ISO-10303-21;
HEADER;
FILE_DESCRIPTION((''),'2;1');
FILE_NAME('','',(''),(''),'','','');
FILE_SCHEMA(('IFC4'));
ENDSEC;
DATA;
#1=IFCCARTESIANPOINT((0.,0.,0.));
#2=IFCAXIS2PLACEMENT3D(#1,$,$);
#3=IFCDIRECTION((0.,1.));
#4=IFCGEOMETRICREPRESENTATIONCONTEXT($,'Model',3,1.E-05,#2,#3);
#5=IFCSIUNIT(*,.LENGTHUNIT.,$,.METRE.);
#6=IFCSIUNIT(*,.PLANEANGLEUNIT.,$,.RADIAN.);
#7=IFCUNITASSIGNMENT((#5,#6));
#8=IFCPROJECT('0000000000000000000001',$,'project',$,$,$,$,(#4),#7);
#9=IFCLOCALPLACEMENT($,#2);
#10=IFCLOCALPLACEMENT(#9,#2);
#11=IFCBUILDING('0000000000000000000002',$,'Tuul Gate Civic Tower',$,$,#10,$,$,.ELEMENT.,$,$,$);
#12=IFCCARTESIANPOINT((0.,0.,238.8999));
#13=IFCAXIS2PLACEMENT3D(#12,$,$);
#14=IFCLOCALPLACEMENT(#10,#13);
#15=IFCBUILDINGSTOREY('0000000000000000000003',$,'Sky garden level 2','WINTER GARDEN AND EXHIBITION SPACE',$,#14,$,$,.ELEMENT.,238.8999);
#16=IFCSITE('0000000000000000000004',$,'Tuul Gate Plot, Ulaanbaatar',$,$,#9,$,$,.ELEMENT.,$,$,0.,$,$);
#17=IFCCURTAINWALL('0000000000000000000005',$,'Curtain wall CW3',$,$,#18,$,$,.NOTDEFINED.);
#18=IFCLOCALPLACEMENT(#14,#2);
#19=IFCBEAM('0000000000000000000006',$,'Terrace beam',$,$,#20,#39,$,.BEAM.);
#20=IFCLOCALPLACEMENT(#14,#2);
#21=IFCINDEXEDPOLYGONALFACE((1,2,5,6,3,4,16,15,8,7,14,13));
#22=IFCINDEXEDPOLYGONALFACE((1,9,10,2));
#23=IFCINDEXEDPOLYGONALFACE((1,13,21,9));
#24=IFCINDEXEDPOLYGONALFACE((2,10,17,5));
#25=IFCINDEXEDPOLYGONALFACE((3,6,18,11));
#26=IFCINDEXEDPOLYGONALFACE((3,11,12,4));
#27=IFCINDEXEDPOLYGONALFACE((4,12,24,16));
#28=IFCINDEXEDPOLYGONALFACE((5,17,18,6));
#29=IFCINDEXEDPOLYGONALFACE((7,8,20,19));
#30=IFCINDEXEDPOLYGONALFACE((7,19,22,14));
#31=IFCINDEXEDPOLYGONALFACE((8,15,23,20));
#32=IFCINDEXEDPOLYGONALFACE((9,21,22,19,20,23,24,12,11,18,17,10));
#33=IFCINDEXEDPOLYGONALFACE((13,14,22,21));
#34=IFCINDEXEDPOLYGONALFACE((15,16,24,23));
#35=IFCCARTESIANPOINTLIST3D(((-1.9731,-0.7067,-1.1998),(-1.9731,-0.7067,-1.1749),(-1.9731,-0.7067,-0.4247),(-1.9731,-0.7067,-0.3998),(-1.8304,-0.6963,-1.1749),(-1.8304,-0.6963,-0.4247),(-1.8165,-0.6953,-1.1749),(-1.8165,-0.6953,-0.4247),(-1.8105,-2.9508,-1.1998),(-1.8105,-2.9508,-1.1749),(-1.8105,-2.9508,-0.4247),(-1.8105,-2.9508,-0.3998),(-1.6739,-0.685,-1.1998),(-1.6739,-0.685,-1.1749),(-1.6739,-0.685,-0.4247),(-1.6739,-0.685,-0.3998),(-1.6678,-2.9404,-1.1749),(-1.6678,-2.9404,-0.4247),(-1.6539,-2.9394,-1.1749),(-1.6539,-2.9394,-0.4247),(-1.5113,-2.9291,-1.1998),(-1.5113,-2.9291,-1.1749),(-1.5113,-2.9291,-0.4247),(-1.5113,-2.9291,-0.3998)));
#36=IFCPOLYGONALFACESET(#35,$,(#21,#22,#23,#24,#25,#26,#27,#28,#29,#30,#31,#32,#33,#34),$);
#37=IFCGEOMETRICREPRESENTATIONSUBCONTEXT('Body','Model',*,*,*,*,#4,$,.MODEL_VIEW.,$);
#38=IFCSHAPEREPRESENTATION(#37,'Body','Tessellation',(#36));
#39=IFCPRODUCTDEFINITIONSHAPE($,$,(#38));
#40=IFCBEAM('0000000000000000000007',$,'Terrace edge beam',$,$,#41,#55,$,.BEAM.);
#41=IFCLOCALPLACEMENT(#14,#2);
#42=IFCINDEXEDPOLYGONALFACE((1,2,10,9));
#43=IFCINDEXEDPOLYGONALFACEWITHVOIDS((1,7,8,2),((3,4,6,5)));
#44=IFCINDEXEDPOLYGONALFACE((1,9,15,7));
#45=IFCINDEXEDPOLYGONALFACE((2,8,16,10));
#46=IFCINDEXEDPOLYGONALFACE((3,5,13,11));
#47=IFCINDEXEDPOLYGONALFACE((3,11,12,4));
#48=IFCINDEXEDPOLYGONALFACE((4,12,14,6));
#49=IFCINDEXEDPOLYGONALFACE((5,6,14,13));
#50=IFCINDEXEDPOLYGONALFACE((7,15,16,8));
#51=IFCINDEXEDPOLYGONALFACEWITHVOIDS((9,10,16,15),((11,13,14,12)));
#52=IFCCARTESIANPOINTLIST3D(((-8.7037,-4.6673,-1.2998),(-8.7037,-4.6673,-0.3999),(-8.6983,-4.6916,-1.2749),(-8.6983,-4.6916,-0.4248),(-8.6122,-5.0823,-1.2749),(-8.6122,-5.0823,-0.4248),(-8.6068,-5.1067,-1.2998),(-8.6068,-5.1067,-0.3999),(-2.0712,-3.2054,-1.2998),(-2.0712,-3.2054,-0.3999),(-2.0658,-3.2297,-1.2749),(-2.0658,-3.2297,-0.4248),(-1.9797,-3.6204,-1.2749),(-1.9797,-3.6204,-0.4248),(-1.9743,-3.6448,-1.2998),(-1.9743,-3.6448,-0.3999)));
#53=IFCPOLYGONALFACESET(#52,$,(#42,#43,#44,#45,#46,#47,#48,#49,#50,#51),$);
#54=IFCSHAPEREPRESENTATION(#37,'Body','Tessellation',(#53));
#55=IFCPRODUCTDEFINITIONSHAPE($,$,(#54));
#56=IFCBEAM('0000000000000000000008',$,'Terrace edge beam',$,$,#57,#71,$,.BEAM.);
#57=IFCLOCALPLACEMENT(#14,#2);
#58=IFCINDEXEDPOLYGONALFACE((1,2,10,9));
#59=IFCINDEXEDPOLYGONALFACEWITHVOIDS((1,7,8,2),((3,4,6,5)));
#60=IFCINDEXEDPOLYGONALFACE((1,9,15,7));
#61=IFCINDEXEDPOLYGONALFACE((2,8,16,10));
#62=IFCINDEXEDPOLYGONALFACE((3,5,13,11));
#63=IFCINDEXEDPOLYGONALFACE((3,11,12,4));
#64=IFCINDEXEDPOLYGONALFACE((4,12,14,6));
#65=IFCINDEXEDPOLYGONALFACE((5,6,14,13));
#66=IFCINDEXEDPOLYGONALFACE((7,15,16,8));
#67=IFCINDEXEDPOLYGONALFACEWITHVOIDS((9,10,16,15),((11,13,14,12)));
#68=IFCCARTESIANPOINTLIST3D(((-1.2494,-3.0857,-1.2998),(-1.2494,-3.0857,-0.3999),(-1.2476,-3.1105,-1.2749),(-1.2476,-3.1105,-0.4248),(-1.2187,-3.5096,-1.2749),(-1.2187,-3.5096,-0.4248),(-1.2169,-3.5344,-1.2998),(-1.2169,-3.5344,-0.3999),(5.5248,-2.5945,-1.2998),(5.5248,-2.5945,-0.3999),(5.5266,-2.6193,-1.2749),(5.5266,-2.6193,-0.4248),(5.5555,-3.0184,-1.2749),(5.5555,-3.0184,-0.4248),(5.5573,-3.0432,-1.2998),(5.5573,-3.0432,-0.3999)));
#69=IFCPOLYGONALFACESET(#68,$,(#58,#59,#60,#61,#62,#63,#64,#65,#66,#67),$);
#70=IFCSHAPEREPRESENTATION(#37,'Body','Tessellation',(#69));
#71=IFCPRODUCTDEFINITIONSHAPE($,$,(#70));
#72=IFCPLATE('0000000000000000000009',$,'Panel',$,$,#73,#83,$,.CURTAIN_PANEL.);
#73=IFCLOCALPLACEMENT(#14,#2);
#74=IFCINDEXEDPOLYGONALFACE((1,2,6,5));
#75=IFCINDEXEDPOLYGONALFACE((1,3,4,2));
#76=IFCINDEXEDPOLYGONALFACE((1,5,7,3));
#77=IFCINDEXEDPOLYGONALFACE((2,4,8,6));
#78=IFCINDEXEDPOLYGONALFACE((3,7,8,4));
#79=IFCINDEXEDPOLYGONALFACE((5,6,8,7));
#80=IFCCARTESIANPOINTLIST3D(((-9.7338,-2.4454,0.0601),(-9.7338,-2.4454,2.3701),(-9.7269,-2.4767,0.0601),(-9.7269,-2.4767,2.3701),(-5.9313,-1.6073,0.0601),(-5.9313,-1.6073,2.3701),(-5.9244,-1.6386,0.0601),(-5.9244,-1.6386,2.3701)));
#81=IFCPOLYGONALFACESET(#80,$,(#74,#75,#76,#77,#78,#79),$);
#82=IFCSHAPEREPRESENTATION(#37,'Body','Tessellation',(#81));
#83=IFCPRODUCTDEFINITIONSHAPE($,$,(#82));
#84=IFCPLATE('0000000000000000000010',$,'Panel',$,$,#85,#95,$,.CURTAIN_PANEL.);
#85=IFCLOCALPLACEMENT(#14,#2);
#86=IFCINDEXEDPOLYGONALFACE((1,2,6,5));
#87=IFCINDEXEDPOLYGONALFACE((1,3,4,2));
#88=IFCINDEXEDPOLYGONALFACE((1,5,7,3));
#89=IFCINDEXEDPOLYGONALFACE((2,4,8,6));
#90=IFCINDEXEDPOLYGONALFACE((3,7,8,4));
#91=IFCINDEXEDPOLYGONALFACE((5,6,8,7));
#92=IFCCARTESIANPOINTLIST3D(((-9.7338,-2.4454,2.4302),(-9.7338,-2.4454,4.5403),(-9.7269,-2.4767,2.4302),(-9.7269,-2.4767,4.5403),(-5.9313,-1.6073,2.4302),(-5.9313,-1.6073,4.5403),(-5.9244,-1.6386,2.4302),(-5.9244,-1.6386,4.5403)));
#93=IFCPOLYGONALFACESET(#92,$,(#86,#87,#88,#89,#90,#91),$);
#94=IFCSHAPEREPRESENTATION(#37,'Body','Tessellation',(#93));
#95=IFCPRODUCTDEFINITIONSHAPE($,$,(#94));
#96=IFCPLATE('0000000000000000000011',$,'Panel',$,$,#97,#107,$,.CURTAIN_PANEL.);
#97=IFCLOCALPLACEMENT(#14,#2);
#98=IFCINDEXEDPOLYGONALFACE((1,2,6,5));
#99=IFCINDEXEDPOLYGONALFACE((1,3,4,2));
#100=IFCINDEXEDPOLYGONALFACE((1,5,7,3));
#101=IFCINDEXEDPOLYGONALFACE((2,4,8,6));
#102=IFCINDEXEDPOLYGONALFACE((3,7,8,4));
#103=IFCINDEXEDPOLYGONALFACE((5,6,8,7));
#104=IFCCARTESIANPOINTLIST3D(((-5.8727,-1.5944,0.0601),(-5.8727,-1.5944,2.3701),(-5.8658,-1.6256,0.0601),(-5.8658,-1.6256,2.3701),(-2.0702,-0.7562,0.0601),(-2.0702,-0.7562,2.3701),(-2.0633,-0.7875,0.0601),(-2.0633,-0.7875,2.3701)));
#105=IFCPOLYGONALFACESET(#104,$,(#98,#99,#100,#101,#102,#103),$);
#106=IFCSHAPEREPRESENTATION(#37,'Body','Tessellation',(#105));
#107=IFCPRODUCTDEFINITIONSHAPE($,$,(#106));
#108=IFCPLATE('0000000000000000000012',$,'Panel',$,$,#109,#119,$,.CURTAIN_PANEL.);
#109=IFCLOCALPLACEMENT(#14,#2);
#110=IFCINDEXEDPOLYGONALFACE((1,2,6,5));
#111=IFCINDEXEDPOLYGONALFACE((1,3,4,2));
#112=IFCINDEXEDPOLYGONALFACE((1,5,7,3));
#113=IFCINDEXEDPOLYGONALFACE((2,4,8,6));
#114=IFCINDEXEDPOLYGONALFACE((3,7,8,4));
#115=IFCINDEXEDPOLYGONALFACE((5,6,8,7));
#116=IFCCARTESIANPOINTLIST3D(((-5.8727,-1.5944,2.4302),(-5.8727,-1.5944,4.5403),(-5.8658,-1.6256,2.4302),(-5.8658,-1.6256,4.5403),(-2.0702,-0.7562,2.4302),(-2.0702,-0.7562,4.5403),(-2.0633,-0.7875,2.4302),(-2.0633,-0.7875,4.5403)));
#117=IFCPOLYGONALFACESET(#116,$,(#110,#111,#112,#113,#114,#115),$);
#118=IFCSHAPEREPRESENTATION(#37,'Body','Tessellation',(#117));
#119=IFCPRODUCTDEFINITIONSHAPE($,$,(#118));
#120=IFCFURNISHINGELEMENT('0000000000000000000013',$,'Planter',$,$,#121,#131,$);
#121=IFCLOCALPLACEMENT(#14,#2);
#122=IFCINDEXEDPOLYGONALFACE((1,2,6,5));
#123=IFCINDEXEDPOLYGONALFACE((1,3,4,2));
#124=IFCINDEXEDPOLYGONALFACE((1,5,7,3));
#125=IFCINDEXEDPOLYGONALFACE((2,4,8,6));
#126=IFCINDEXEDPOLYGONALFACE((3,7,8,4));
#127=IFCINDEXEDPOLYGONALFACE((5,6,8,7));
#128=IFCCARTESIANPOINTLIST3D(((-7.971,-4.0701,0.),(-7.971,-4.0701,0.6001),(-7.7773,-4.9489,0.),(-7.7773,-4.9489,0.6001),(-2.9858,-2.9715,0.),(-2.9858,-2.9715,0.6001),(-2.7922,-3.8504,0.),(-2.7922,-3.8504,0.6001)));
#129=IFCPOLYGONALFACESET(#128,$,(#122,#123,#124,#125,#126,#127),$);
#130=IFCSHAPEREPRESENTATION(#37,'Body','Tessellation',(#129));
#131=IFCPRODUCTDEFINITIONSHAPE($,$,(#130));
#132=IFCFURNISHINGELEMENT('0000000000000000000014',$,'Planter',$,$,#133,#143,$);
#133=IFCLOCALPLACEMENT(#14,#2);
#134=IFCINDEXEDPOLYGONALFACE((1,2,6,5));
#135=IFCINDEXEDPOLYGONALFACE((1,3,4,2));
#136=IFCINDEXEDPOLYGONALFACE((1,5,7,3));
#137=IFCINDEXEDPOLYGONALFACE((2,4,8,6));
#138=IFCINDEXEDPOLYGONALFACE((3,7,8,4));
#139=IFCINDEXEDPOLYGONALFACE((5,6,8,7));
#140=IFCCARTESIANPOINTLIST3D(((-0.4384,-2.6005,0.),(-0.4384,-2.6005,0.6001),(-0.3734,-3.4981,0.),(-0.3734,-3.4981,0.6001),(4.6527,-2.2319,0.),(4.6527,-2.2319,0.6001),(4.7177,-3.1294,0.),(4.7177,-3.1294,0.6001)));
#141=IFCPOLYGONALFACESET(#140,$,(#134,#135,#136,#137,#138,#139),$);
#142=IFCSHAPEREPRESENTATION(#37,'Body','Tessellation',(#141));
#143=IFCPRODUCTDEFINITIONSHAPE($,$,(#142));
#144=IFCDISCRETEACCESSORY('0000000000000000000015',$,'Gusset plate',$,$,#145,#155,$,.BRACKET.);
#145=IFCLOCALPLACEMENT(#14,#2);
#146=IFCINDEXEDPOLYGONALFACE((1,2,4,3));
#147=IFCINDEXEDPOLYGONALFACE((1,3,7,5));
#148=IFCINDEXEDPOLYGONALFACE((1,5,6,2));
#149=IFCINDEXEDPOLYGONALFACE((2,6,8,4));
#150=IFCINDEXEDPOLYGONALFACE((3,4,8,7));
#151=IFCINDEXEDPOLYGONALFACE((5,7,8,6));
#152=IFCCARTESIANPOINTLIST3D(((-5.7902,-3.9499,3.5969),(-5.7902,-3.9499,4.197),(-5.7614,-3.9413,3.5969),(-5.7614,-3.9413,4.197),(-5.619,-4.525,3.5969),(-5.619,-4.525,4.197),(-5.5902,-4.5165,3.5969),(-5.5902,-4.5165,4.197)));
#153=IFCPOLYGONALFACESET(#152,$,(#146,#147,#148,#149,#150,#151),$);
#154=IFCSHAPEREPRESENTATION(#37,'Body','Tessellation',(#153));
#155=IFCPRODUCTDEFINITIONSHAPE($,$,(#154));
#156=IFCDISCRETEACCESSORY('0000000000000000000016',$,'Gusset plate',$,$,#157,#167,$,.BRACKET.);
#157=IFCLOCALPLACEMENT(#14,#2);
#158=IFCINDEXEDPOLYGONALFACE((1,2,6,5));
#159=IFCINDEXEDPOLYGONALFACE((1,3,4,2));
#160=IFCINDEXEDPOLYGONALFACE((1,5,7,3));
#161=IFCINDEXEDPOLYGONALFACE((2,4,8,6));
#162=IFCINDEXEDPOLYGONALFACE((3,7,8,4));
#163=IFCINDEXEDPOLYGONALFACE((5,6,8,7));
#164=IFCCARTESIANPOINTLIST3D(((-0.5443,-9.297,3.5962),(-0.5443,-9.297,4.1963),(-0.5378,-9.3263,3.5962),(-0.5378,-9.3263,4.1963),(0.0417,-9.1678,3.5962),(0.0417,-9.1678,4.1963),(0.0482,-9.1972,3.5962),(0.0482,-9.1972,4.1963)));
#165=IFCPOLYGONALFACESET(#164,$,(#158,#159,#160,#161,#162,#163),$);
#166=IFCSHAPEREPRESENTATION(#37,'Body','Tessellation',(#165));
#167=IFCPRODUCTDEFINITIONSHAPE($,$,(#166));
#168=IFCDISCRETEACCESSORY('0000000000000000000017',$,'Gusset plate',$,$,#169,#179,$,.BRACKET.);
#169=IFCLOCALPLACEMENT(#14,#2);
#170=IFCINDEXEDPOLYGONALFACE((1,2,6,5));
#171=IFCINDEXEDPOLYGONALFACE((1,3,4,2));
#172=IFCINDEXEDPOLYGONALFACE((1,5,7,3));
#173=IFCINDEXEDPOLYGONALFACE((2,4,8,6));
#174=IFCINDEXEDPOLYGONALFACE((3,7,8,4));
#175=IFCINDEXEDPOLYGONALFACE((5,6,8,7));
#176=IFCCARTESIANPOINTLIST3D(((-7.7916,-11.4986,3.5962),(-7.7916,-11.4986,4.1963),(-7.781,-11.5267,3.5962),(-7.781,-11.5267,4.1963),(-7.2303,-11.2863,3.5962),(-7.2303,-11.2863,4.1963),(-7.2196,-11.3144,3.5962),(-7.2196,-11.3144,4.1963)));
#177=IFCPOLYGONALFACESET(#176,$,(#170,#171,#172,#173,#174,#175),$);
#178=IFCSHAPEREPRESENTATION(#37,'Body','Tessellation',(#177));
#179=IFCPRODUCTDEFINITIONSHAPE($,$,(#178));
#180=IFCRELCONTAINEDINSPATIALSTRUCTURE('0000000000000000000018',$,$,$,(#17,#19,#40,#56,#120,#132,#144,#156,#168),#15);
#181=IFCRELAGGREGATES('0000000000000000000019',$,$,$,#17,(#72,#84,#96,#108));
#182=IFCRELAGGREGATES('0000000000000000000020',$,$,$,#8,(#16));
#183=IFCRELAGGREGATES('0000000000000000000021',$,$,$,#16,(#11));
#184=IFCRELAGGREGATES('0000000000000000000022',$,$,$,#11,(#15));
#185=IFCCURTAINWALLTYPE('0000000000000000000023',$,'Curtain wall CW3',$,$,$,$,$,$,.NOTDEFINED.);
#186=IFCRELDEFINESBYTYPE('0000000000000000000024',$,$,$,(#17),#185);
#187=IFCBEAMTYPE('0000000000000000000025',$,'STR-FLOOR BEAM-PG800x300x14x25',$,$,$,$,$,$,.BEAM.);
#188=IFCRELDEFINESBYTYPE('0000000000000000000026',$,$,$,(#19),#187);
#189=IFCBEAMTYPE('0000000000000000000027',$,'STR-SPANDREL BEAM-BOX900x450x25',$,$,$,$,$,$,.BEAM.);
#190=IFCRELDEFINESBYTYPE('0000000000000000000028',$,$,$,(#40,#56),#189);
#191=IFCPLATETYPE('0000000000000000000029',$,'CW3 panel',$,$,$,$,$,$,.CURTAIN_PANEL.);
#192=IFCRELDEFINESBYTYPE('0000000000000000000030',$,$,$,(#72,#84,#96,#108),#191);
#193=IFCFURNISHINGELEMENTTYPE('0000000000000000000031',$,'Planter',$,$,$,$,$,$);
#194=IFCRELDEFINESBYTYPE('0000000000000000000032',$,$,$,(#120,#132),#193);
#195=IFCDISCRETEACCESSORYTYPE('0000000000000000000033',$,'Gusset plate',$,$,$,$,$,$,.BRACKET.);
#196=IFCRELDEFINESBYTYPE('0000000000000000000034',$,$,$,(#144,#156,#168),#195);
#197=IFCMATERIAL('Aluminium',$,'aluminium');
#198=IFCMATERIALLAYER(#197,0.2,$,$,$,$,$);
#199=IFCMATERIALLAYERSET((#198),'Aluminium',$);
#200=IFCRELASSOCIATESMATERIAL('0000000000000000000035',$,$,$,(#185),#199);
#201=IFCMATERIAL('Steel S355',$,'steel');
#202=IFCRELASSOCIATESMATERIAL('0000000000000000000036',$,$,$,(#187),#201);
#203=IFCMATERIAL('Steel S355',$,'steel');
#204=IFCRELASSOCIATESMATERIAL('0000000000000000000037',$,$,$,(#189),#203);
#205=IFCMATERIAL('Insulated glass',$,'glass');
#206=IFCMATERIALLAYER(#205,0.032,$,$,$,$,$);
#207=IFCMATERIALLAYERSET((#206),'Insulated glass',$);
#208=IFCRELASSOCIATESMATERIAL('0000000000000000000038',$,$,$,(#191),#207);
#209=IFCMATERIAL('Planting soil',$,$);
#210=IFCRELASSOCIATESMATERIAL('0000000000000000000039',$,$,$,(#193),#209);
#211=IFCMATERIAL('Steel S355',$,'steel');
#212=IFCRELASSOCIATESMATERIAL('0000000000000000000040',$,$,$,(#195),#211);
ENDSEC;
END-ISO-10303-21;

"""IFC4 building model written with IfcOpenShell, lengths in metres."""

from ifc_helpers import new_model, si_unit, direction, frame, origin, origin_2d, place, context, subcontext, project, spatial, rectangle, hollow_rectangle, i_section, extrude, material, layer, layer_set, material_profile, profile_set, type_object, element, aggregate, save


model = new_model("IFC4")

# Units and contexts
model_context = context("Model", 3, precision=1e-05, world=origin(), true_north=direction((0.0, 1.0)))
body_context = subcontext(model_context, "Body", "Model", "MODEL_VIEW")
ifc_project = project(units=[si_unit("LENGTHUNIT", "METRE"), si_unit("PLANEANGLEUNIT", "RADIAN")], contexts=[model_context])

# Site, building, storey
site_placement = place(None, origin())
site = spatial("IfcSite", under=ifc_project, at=site_placement, Name="Tuul Gate Plot, Ulaanbaatar", CompositionType="ELEMENT", RefElevation=0.0)
building_placement = place(site_placement, origin())
building = spatial("IfcBuilding", under=site, at=building_placement, Name="Tuul Gate Civic Tower", CompositionType="ELEMENT")
storey_placement = place(building_placement, frame((0.0, 0.0, 238.8999)))
storey = spatial("IfcBuildingStorey", under=building, at=storey_placement, Name="Sky garden level 2", Description="WINTER GARDEN AND EXHIBITION SPACE", CompositionType="ELEMENT", Elevation=238.8999)

# Curtain wall
ifc_material_1 = material(Name="Aluminium", Category="aluminium")
ifc_layer_1 = layer(ifc_material_1, 0.2)
ifc_layer_set_1 = layer_set([ifc_layer_1], Name="Aluminium")
curtain_wall_type = type_object("IfcCurtainWallType", Name="Curtain wall CW3", PredefinedType="NOTDEFINED", material=ifc_layer_set_1)
curtain_wall_placement = place(storey_placement, origin())
curtain_wall = element("IfcCurtainWall", 1, at=curtain_wall_placement, inside=storey, type_object=curtain_wall_type, Name="Curtain wall CW3", PredefinedType="NOTDEFINED")

# Beams
ifc_material_2 = material(Name="Steel S355", Category="steel")
ifc_material_profile_1 = material_profile(ifc_material_2, i_section(OverallWidth=0.3, OverallDepth=0.8, WebThickness=0.0139, FlangeThickness=0.0249, at=origin_2d()), Name="PG800x300x14x25")
ifc_profile_set_1 = profile_set([ifc_material_profile_1], Name="Steel S355")
beam_type_1 = type_object("IfcBeamType", Name="STR-FLOOR BEAM-PG800x300x14x25", PredefinedType="BEAM", material=ifc_profile_set_1)
beam_1_placement = place(storey_placement, frame((-1.6609, -2.9399, -0.7998), z_axis=(-0.072265, 0.997385, 0.0), x_axis=(-0.997385, -0.072265, 0.0)))
element("IfcBeam", 2, at=beam_1_placement, inside=storey, type_object=beam_type_1, Name="Terrace beam", PredefinedType="BEAM", context=body_context, shape_type="SweptSolid", body=[
    extrude(i_section(OverallWidth=0.3, OverallDepth=0.8, WebThickness=0.0139, FlangeThickness=0.0249, at=origin_2d()), origin(), (0.0, 0.0, 1.0), 2.25),
])
ifc_material_3 = material(Name="Steel S355", Category="steel")
ifc_material_profile_2 = material_profile(ifc_material_3, hollow_rectangle(XDim=0.45, YDim=0.8999, WallThickness=0.0249, at=origin_2d()), Name="BOX900x450x25")
ifc_profile_set_2 = profile_set([ifc_material_profile_2], Name="Steel S355")
beam_type_2 = type_object("IfcBeamType", Name="STR-SPANDREL BEAM-BOX900x450x25", PredefinedType="BEAM", material=ifc_profile_set_2)
beam_2_placement = place(storey_placement, frame((-8.6553, -4.887, -0.8499), z_axis=(0.976559, 0.215248, 0.0), x_axis=(-0.215248, 0.976559, 0.0)))
element("IfcBeam", 3, at=beam_2_placement, inside=storey, type_object=beam_type_2, Name="Terrace edge beam", PredefinedType="BEAM", context=body_context, shape_type="SweptSolid", body=[
    extrude(hollow_rectangle(XDim=0.45, YDim=0.8999, WallThickness=0.0249, at=origin_2d()), origin(), (0.0, 0.0, 1.0), 6.7917),
])
beam_3_placement = place(storey_placement, frame((-1.2332, -3.3101, -0.8499), z_axis=(0.997381, 0.072322, 0.0), x_axis=(-0.072322, 0.997381, 0.0)))
element("IfcBeam", 4, at=beam_3_placement, inside=storey, type_object=beam_type_2, Name="Terrace edge beam", PredefinedType="BEAM", context=body_context, shape_type="SweptSolid", body=[
    extrude(hollow_rectangle(XDim=0.45, YDim=0.8999, WallThickness=0.0249, at=origin_2d()), origin(), (0.0, 0.0, 1.0), 6.792),
])

# Plates
ifc_material_4 = material(Name="Insulated glass", Category="glass")
ifc_layer_2 = layer(ifc_material_4, 0.032)
ifc_layer_set_2 = layer_set([ifc_layer_2], Name="Insulated glass")
plate_type = type_object("IfcPlateType", Name="CW3 panel", PredefinedType="CURTAIN_PANEL", material=ifc_layer_set_2)
plate_1_placement = place(storey_placement, frame((-7.8291, -2.042, 0.0601), z_axis=(0.0, 0.0, 1.0), x_axis=(0.976561, 0.215242, 0.0)))
plate_1 = element("IfcPlate", 5, at=plate_1_placement, type_object=plate_type, Name="Panel", PredefinedType="CURTAIN_PANEL", context=body_context, shape_type="SweptSolid", body=[
    extrude(rectangle(XDim=3.8938, YDim=0.032, at=origin_2d()), origin(), (0.0, 0.0, 1.0), 2.3101),
])
plate_2_placement = place(storey_placement, frame((-7.8291, -2.042, 2.4302), z_axis=(0.0, 0.0, 1.0), x_axis=(0.976561, 0.215242, 0.0)))
plate_2 = element("IfcPlate", 6, at=plate_2_placement, type_object=plate_type, Name="Panel", PredefinedType="CURTAIN_PANEL", context=body_context, shape_type="SweptSolid", body=[
    extrude(rectangle(XDim=3.8938, YDim=0.032, at=origin_2d()), origin(), (0.0, 0.0, 1.0), 2.1101),
])
plate_3_placement = place(storey_placement, frame((-3.968, -1.1909, 0.0601), z_axis=(0.0, 0.0, 1.0), x_axis=(0.976561, 0.215242, 0.0)))
plate_3 = element("IfcPlate", 7, at=plate_3_placement, type_object=plate_type, Name="Panel", PredefinedType="CURTAIN_PANEL", context=body_context, shape_type="SweptSolid", body=[
    extrude(rectangle(XDim=3.8938, YDim=0.032, at=origin_2d()), origin(), (0.0, 0.0, 1.0), 2.3101),
])
plate_4_placement = place(storey_placement, frame((-3.968, -1.1909, 2.4302), z_axis=(0.0, 0.0, 1.0), x_axis=(0.976561, 0.215242, 0.0)))
plate_4 = element("IfcPlate", 8, at=plate_4_placement, type_object=plate_type, Name="Panel", PredefinedType="CURTAIN_PANEL", context=body_context, shape_type="SweptSolid", body=[
    extrude(rectangle(XDim=3.8938, YDim=0.032, at=origin_2d()), origin(), (0.0, 0.0, 1.0), 2.1101),
])
aggregate(curtain_wall, [plate_1, plate_2, plate_3, plate_4])

# Furnishing elements
ifc_material_5 = material(Name="Planting soil")
furnishing_element_type = type_object("IfcFurnishingElementType", Name="Planter", material=ifc_material_5)
furnishing_1_placement = place(storey_placement, frame((-5.3816, -3.9602, 0.0), z_axis=(0.0, 0.0, 1.0), x_axis=(0.976571, 0.215195, 0.0)))
element("IfcFurnishingElement", 9, at=furnishing_1_placement, inside=storey, type_object=furnishing_element_type, Name="Planter", context=body_context, shape_type="SweptSolid", body=[
    extrude(rectangle(XDim=5.1047, YDim=0.8999, at=origin_2d()), origin(), (0.0, 0.0, 1.0), 0.6001),
])
furnishing_2_placement = place(storey_placement, frame((2.1396, -2.865, 0.0), z_axis=(0.0, 0.0, 1.0), x_axis=(0.997389, 0.072222, 0.0)))
element("IfcFurnishingElement", 10, at=furnishing_2_placement, inside=storey, type_object=furnishing_element_type, Name="Planter", context=body_context, shape_type="SweptSolid", body=[
    extrude(rectangle(XDim=5.1045, YDim=0.8999, at=origin_2d()), origin(), (0.0, 0.0, 1.0), 0.6001),
])

# Discrete accessories
ifc_material_6 = material(Name="Steel S355", Category="steel")
discrete_accessory_type = type_object("IfcDiscreteAccessoryType", Name="Gusset plate", PredefinedType="BRACKET", material=ifc_material_6)
for number, where, z_axis, x_axis, name in (
    (11, (-5.6902, -4.2332, 3.5969), (0.0, 0.0, 1.0), (-0.285212, 0.958464, 0.0), "Gusset plate"),
    (12, (-0.248, -9.2471, 3.5962), (0.0, 0.0, 1.0), (-0.976564, -0.215229, 0.0), "Gusset plate"),
    (13, (-7.5056, -11.4065, 3.5962), (0.0, 0.0, 1.0), (-0.935368, -0.353677, 0.0), "Gusset plate"),
):
    element("IfcDiscreteAccessory", number, at=place(storey_placement, frame(where, z_axis=z_axis, x_axis=x_axis)), inside=storey, type_object=discrete_accessory_type, Name=name, PredefinedType="BRACKET", context=body_context, shape_type="SweptSolid", body=[
        extrude(rectangle(XDim=0.6001, YDim=0.03, at=origin_2d()), origin(), (0.0, 0.0, 1.0), 0.6001),
    ])

save(model, "model.ifc")
